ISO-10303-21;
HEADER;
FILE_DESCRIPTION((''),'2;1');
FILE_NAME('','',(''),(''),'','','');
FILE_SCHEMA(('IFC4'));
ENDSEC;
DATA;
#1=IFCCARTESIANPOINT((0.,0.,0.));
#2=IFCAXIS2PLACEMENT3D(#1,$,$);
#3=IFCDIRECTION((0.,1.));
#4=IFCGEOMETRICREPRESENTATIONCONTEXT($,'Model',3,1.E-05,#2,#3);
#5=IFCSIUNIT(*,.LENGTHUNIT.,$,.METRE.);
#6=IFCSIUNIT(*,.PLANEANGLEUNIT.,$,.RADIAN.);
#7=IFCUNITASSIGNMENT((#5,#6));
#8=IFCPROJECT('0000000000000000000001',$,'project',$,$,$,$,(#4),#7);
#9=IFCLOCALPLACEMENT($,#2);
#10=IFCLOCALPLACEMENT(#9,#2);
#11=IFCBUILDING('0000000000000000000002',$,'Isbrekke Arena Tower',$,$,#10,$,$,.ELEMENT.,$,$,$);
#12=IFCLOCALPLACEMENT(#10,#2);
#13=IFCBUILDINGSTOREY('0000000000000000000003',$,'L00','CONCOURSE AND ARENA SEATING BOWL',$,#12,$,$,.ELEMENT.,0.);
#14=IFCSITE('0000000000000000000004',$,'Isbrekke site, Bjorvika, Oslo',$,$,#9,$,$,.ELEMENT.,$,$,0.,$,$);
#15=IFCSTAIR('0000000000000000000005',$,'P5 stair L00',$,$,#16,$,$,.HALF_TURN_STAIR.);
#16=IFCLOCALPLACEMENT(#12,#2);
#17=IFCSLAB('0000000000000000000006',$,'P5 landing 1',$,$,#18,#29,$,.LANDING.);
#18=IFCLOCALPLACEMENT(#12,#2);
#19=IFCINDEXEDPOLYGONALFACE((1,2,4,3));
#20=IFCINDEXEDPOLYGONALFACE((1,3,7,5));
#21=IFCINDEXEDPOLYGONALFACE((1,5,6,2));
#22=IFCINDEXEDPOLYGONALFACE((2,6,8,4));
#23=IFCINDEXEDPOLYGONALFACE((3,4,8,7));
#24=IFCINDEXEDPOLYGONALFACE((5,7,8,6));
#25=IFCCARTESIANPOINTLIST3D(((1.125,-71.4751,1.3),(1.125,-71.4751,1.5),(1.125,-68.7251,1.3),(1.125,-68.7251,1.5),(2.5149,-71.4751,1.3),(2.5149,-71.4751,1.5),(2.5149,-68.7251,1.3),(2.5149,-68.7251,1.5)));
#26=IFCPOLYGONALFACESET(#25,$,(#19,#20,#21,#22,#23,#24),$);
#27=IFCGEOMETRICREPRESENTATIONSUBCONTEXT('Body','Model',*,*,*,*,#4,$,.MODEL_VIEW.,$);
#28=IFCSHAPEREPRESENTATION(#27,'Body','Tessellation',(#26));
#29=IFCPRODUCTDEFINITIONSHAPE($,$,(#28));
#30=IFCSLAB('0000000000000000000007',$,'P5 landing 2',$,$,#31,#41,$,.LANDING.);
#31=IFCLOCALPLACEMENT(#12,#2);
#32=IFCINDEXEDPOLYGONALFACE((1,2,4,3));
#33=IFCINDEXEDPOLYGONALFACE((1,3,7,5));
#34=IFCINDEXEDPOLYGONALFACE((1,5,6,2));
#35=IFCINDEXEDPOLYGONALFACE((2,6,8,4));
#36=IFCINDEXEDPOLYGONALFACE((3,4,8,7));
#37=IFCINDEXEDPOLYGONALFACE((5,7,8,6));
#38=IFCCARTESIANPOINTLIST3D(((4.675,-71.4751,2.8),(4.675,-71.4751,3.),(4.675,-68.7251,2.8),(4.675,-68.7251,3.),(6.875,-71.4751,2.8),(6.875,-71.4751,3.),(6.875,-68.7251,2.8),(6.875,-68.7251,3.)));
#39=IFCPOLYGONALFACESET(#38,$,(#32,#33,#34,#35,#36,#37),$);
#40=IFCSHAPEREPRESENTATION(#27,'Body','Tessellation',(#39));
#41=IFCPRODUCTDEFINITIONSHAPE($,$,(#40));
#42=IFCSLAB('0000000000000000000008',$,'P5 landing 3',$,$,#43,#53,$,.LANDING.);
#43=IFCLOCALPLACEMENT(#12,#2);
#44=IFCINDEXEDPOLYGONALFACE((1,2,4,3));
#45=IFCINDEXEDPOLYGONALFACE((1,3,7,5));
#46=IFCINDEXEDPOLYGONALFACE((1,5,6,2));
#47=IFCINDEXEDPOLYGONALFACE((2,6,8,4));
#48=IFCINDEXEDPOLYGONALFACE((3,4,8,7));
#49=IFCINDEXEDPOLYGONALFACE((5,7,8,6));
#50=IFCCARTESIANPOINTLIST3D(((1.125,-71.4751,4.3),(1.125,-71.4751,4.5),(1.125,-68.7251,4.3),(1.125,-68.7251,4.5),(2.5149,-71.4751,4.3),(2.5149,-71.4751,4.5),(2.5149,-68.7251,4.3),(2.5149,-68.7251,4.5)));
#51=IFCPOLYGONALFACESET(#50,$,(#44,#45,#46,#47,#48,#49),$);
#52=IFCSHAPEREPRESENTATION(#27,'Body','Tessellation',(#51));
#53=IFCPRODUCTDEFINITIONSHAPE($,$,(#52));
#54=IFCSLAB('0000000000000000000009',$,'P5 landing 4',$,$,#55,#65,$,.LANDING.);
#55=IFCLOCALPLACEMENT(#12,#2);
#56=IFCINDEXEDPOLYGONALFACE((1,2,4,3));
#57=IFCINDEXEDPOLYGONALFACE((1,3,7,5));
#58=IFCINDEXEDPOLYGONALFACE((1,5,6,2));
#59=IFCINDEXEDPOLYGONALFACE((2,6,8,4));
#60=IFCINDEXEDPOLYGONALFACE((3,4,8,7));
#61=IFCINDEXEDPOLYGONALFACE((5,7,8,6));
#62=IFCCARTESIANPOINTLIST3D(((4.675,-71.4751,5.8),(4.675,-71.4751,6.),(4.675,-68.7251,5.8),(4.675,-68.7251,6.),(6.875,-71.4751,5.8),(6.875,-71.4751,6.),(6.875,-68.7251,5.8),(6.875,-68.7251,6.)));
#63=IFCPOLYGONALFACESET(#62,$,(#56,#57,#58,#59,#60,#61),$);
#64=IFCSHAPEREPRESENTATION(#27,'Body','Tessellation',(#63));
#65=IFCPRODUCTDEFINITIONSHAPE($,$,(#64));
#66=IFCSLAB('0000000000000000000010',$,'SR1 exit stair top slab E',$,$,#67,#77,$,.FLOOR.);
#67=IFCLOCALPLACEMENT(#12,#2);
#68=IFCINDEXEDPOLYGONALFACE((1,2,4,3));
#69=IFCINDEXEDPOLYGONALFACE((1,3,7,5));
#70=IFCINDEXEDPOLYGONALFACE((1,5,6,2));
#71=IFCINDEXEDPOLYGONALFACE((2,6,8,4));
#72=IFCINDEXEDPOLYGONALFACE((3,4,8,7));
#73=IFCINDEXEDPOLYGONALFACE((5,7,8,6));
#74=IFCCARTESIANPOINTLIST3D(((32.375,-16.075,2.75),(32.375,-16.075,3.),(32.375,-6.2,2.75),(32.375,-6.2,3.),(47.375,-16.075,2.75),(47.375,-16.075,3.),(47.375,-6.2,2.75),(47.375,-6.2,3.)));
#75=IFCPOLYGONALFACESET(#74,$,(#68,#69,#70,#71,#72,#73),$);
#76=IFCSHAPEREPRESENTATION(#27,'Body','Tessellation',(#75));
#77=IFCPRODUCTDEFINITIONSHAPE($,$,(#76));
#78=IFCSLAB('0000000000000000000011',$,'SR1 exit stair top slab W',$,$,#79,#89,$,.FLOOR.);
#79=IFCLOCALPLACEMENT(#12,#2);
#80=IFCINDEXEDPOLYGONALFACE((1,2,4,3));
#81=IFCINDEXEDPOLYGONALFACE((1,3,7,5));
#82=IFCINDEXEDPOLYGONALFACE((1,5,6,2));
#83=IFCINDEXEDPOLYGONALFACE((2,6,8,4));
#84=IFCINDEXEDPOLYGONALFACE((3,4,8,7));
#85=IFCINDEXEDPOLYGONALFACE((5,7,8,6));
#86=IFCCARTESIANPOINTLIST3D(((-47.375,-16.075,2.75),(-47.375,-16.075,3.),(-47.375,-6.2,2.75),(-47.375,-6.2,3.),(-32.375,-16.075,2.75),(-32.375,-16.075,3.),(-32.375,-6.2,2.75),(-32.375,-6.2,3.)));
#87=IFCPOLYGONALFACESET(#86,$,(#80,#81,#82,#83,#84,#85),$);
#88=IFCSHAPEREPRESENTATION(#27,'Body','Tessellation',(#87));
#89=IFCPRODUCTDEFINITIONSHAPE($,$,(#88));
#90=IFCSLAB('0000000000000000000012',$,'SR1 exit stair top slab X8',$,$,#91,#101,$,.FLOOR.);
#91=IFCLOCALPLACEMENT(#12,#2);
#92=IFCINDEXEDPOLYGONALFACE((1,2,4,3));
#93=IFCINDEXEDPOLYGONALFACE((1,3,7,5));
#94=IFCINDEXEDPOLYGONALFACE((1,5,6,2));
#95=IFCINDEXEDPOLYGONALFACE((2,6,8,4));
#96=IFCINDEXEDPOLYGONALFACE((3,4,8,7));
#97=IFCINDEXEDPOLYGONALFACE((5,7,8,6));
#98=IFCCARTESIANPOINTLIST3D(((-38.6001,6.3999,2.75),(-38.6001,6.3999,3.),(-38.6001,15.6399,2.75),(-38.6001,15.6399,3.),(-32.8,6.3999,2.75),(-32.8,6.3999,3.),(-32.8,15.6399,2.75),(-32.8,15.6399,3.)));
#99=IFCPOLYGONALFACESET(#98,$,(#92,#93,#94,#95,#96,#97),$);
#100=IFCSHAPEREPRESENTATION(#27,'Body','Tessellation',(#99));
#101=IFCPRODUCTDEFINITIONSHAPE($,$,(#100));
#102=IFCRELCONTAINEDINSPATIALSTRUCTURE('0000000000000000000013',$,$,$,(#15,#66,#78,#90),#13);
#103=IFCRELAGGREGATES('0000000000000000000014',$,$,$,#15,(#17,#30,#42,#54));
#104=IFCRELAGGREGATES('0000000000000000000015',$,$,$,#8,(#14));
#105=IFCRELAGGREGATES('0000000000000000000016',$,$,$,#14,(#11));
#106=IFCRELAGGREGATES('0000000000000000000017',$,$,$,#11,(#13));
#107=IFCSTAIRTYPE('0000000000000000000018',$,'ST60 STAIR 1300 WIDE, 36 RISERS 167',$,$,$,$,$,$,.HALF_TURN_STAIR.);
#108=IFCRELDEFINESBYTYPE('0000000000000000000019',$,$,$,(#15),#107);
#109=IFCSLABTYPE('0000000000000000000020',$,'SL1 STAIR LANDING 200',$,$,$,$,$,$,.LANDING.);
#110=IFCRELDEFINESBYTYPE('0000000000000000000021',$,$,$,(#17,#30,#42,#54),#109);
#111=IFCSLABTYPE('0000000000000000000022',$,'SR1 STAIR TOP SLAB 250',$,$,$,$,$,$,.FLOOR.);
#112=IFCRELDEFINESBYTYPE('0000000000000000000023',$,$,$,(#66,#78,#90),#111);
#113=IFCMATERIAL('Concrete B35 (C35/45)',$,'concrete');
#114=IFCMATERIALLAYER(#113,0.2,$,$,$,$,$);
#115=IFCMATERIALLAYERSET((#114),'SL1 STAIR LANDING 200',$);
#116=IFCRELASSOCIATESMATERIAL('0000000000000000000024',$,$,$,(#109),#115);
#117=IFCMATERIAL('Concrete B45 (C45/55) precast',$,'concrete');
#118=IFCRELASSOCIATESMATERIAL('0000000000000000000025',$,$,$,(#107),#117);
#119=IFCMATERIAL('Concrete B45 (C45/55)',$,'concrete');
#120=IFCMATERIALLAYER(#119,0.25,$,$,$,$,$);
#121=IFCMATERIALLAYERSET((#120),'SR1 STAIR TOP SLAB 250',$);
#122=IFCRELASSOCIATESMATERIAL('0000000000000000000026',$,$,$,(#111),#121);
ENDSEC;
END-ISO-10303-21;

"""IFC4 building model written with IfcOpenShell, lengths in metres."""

from ifc_helpers import new_model, si_unit, direction, frame, origin, place, context, subcontext, project, spatial, polyline, outline, extrude, material, layer, layer_set, type_object, element, aggregate, save


model = new_model("IFC4")

# Units and contexts
model_context = context("Model", 3, precision=1e-05, world=origin(), true_north=direction((0.0, 1.0)))
body_context = subcontext(model_context, "Body", "Model", "MODEL_VIEW")
ifc_project = project(units=[si_unit("LENGTHUNIT", "METRE"), si_unit("PLANEANGLEUNIT", "RADIAN")], contexts=[model_context])

# Site, building, storey
site_placement = place(None, origin())
site = spatial("IfcSite", under=ifc_project, at=site_placement, Name="Isbrekke site, Bjorvika, Oslo", CompositionType="ELEMENT", RefElevation=0.0)
building_placement = place(site_placement, origin())
building = spatial("IfcBuilding", under=site, at=building_placement, Name="Isbrekke Arena Tower", CompositionType="ELEMENT")
storey_placement = place(building_placement, origin())
storey = spatial("IfcBuildingStorey", under=building, at=storey_placement, Name="L00", Description="CONCOURSE AND ARENA SEATING BOWL", CompositionType="ELEMENT", Elevation=0.0)

# Stair, slabs
ifc_material_1 = material(Name="Concrete B35 (C35/45)", Category="concrete")
ifc_layer_1 = layer(ifc_material_1, 0.2)
ifc_layer_set_1 = layer_set([ifc_layer_1], Name="SL1 STAIR LANDING 200")
slab_type_1 = type_object("IfcSlabType", Name="SL1 STAIR LANDING 200", PredefinedType="LANDING", material=ifc_layer_set_1)
ifc_material_2 = material(Name="Concrete B45 (C45/55) precast", Category="concrete")
stair_type_1 = type_object("IfcStairType", Name="ST60 STAIR 1300 WIDE, 36 RISERS 167", PredefinedType="HALF_TURN_STAIR", material=ifc_material_2)
stair_1_placement = place(storey_placement, origin())
stair_1 = element("IfcStair", 1, at=stair_1_placement, inside=storey, type_object=stair_type_1, Name="P5 stair L00", PredefinedType="HALF_TURN_STAIR")
slab_1_placement = place(storey_placement, frame((0.0, 0.0, 1.3)))
slab_1 = element("IfcSlab", 2, at=slab_1_placement, type_object=slab_type_1, Name="P5 landing 1", PredefinedType="LANDING", context=body_context, shape_type="SweptSolid", body=[
    extrude(outline(polyline([(1.125, -71.4751), (2.5149, -71.4751), (2.5149, -68.7251), (1.125, -68.7251), (1.125, -71.4751)])), origin(), (0.0, 0.0, 1.0), 0.2),
])
slab_2_placement = place(storey_placement, frame((0.0, 0.0, 2.8)))
slab_2 = element("IfcSlab", 3, at=slab_2_placement, type_object=slab_type_1, Name="P5 landing 2", PredefinedType="LANDING", context=body_context, shape_type="SweptSolid", body=[
    extrude(outline(polyline([(4.675, -71.4751), (6.875, -71.4751), (6.875, -68.7251), (4.675, -68.7251), (4.675, -71.4751)])), origin(), (0.0, 0.0, 1.0), 0.2),
])
slab_3_placement = place(storey_placement, frame((0.0, 0.0, 4.3)))
slab_3 = element("IfcSlab", 4, at=slab_3_placement, type_object=slab_type_1, Name="P5 landing 3", PredefinedType="LANDING", context=body_context, shape_type="SweptSolid", body=[
    extrude(outline(polyline([(1.125, -71.4751), (2.5149, -71.4751), (2.5149, -68.7251), (1.125, -68.7251), (1.125, -71.4751)])), origin(), (0.0, 0.0, 1.0), 0.2),
])
slab_4_placement = place(storey_placement, frame((0.0, 0.0, 5.8)))
slab_4 = element("IfcSlab", 5, at=slab_4_placement, type_object=slab_type_1, Name="P5 landing 4", PredefinedType="LANDING", context=body_context, shape_type="SweptSolid", body=[
    extrude(outline(polyline([(4.675, -71.4751), (6.875, -71.4751), (6.875, -68.7251), (4.675, -68.7251), (4.675, -71.4751)])), origin(), (0.0, 0.0, 1.0), 0.2),
])
aggregate(stair_1, [slab_1, slab_2, slab_3, slab_4])

# Slabs
ifc_material_3 = material(Name="Concrete B45 (C45/55)", Category="concrete")
ifc_layer_2 = layer(ifc_material_3, 0.25)
ifc_layer_set_2 = layer_set([ifc_layer_2], Name="SR1 STAIR TOP SLAB 250")
slab_type_2 = type_object("IfcSlabType", Name="SR1 STAIR TOP SLAB 250", PredefinedType="FLOOR", material=ifc_layer_set_2)
slab_5_placement = place(storey_placement, frame((0.0, 0.0, 2.75)))
element("IfcSlab", 6, at=slab_5_placement, inside=storey, type_object=slab_type_2, Name="SR1 exit stair top slab E", PredefinedType="FLOOR", context=body_context, shape_type="SweptSolid", body=[
    extrude(outline(polyline([(32.375, -16.075), (47.375, -16.075), (47.375, -6.2), (32.375, -6.2), (32.375, -16.075)])), origin(), (0.0, 0.0, 1.0), 0.25),
])
slab_6_placement = place(storey_placement, frame((0.0, 0.0, 2.75)))
element("IfcSlab", 7, at=slab_6_placement, inside=storey, type_object=slab_type_2, Name="SR1 exit stair top slab W", PredefinedType="FLOOR", context=body_context, shape_type="SweptSolid", body=[
    extrude(outline(polyline([(-47.375, -16.075), (-32.375, -16.075), (-32.375, -6.2), (-47.375, -6.2), (-47.375, -16.075)])), origin(), (0.0, 0.0, 1.0), 0.25),
])
slab_7_placement = place(storey_placement, frame((0.0, 0.0, 2.75)))
element("IfcSlab", 8, at=slab_7_placement, inside=storey, type_object=slab_type_2, Name="SR1 exit stair top slab X8", PredefinedType="FLOOR", context=body_context, shape_type="SweptSolid", body=[
    extrude(outline(polyline([(-38.6001, 6.3999), (-32.8, 6.3999), (-32.8, 15.6399), (-38.6001, 15.6399), (-38.6001, 6.3999)])), origin(), (0.0, 0.0, 1.0), 0.25),
])

save(model, "model.ifc")
